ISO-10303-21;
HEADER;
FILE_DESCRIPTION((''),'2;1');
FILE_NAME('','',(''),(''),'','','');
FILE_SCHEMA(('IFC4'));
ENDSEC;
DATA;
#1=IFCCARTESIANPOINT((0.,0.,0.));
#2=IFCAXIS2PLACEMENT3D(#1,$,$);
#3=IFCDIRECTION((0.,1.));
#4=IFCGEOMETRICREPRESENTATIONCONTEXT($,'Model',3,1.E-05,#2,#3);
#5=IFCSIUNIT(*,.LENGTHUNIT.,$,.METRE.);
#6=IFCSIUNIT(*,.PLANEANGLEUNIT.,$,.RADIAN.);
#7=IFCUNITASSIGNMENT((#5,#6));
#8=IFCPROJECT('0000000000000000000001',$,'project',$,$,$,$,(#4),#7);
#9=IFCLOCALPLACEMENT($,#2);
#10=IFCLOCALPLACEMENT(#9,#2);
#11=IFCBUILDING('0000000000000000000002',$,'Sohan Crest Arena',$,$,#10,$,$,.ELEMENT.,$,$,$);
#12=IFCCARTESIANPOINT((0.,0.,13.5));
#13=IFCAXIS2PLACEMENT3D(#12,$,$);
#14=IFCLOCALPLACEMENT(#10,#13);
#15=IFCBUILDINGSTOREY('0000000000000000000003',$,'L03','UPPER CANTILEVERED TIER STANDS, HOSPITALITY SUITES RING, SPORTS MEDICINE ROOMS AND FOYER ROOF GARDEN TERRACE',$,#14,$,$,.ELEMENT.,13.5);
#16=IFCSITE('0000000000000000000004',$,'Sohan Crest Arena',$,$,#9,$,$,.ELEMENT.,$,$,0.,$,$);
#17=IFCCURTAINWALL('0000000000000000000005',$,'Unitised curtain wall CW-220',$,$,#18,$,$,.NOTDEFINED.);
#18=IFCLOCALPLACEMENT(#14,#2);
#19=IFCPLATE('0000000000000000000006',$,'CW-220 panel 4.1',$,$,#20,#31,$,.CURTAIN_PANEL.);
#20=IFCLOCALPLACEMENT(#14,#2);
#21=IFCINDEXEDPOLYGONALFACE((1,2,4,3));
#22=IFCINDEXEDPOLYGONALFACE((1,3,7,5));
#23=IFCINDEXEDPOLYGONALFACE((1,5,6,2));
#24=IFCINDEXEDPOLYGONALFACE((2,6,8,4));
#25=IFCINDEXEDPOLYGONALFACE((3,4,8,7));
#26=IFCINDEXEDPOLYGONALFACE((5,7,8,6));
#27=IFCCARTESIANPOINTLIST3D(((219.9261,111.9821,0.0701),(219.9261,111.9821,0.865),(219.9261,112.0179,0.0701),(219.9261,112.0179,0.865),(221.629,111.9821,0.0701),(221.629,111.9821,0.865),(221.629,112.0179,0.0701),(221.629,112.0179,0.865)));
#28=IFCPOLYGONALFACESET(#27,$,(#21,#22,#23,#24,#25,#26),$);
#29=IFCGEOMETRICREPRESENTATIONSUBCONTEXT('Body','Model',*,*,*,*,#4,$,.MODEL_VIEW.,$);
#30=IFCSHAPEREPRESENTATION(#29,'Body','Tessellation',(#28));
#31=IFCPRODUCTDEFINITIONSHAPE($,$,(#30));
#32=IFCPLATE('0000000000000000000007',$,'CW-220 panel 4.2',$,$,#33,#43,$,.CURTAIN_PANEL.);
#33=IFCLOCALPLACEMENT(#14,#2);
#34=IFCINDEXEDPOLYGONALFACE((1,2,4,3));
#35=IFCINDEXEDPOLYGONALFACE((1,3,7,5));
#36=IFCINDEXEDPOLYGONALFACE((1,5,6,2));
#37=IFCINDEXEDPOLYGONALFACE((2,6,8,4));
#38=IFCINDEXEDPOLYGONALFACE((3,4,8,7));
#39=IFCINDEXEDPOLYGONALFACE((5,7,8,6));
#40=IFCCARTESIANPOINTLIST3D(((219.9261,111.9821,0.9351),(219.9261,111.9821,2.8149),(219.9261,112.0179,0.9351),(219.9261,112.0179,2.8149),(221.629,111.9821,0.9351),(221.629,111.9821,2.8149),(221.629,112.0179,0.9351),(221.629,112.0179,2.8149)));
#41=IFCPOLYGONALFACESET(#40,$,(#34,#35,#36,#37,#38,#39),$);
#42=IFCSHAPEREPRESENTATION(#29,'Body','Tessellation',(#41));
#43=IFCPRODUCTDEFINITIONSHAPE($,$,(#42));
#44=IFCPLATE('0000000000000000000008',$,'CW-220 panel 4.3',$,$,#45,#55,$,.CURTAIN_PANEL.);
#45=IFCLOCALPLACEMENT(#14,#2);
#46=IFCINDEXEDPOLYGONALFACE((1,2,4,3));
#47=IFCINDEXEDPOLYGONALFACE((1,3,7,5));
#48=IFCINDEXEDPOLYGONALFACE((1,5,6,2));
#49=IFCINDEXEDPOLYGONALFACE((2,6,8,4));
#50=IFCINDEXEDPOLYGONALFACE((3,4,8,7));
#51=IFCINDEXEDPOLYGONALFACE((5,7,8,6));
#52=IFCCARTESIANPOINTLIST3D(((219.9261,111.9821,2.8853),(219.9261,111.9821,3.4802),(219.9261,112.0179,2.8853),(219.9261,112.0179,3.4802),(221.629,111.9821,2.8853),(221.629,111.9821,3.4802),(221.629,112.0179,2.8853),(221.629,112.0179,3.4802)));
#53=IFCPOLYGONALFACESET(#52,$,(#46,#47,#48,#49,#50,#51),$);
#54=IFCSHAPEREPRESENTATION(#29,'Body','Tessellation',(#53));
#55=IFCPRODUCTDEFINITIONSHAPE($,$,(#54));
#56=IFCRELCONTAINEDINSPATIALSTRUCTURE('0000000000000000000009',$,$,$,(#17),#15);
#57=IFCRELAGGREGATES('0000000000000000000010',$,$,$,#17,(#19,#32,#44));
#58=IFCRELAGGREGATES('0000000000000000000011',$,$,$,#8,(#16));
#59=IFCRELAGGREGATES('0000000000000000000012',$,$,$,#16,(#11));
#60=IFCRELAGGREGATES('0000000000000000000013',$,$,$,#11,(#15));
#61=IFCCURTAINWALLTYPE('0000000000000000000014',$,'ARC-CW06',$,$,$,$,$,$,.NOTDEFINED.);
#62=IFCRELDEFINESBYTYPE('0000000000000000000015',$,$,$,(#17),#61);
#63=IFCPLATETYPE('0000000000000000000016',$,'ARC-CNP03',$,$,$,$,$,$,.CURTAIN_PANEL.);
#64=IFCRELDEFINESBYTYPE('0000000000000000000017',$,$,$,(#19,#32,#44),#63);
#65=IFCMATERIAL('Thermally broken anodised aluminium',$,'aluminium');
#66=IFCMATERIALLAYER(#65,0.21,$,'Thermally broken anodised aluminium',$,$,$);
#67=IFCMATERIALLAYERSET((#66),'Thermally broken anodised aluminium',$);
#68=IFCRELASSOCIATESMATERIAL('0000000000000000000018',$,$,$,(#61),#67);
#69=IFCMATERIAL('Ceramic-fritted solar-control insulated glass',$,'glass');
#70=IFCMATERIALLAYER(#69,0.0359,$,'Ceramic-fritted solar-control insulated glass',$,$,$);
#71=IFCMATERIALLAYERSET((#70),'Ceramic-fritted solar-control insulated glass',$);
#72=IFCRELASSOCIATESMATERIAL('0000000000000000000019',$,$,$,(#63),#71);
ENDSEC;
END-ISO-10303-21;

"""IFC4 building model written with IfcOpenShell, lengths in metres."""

from ifc_helpers import new_model, si_unit, direction, frame, origin, origin_2d, place, context, subcontext, project, spatial, rectangle, extrude, material, layer, layer_set, type_object, element, aggregate, save


model = new_model("IFC4")

# Units and contexts
model_context = context("Model", 3, precision=1e-05, world=origin(), true_north=direction((0.0, 1.0)))
body_context = subcontext(model_context, "Body", "Model", "MODEL_VIEW")
ifc_project = project(units=[si_unit("LENGTHUNIT", "METRE"), si_unit("PLANEANGLEUNIT", "RADIAN")], contexts=[model_context])

# Site, building, storey
site_placement = place(None, origin())
site = spatial("IfcSite", under=ifc_project, at=site_placement, Name="Sohan Crest Arena", CompositionType="ELEMENT", RefElevation=0.0)
building_placement = place(site_placement, origin())
building = spatial("IfcBuilding", under=site, at=building_placement, Name="Sohan Crest Arena", CompositionType="ELEMENT")
storey_placement = place(building_placement, frame((0.0, 0.0, 13.5)))
storey = spatial("IfcBuildingStorey", under=building, at=storey_placement, Name="L03", Description="UPPER CANTILEVERED TIER STANDS, HOSPITALITY SUITES RING, SPORTS MEDICINE ROOMS AND FOYER ROOF GARDEN TERRACE", CompositionType="ELEMENT", Elevation=13.5)

# Curtain wall, plates
ifc_material_1 = material(Name="Thermally broken anodised aluminium", Category="aluminium")
ifc_layer_1 = layer(ifc_material_1, 0.21, Name="Thermally broken anodised aluminium")
ifc_layer_set_1 = layer_set([ifc_layer_1], Name="Thermally broken anodised aluminium")
curtain_wall_type = type_object("IfcCurtainWallType", Name="ARC-CW06", PredefinedType="NOTDEFINED", material=ifc_layer_set_1)
curtain_wall_placement = place(storey_placement, origin())
curtain_wall = element("IfcCurtainWall", 1, at=curtain_wall_placement, inside=storey, type_object=curtain_wall_type, Name="Unitised curtain wall CW-220", PredefinedType="NOTDEFINED")
ifc_material_2 = material(Name="Ceramic-fritted solar-control insulated glass", Category="glass")
ifc_layer_2 = layer(ifc_material_2, 0.0359, Name="Ceramic-fritted solar-control insulated glass")
ifc_layer_set_2 = layer_set([ifc_layer_2], Name="Ceramic-fritted solar-control insulated glass")
plate_type = type_object("IfcPlateType", Name="ARC-CNP03", PredefinedType="CURTAIN_PANEL", material=ifc_layer_set_2)
plate_1_placement = place(storey_placement, frame((220.7776, 112.0, 0.0701), z_axis=(0.0, 0.0, 1.0), x_axis=(-1.0, 0.0, 0.0)))
plate_1 = element("IfcPlate", 2, at=plate_1_placement, type_object=plate_type, Name="CW-220 panel 4.1", PredefinedType="CURTAIN_PANEL", context=body_context, shape_type="SweptSolid", body=[
    extrude(rectangle(XDim=1.7029, YDim=0.0359, at=origin_2d()), origin(), (0.0, 0.0, 1.0), 0.7949),
])
plate_2_placement = place(storey_placement, frame((220.7776, 112.0, 0.9351), z_axis=(0.0, 0.0, 1.0), x_axis=(-1.0, 0.0, 0.0)))
plate_2 = element("IfcPlate", 3, at=plate_2_placement, type_object=plate_type, Name="CW-220 panel 4.2", PredefinedType="CURTAIN_PANEL", context=body_context, shape_type="SweptSolid", body=[
    extrude(rectangle(XDim=1.7029, YDim=0.0359, at=origin_2d()), origin(), (0.0, 0.0, 1.0), 1.8799),
])
plate_3_placement = place(storey_placement, frame((220.7776, 112.0, 2.8853), z_axis=(0.0, 0.0, 1.0), x_axis=(-1.0, 0.0, 0.0)))
plate_3 = element("IfcPlate", 4, at=plate_3_placement, type_object=plate_type, Name="CW-220 panel 4.3", PredefinedType="CURTAIN_PANEL", context=body_context, shape_type="SweptSolid", body=[
    extrude(rectangle(XDim=1.7029, YDim=0.0359, at=origin_2d()), origin(), (0.0, 0.0, 1.0), 0.595),
])
aggregate(curtain_wall, [plate_1, plate_2, plate_3])

save(model, "model.ifc")
